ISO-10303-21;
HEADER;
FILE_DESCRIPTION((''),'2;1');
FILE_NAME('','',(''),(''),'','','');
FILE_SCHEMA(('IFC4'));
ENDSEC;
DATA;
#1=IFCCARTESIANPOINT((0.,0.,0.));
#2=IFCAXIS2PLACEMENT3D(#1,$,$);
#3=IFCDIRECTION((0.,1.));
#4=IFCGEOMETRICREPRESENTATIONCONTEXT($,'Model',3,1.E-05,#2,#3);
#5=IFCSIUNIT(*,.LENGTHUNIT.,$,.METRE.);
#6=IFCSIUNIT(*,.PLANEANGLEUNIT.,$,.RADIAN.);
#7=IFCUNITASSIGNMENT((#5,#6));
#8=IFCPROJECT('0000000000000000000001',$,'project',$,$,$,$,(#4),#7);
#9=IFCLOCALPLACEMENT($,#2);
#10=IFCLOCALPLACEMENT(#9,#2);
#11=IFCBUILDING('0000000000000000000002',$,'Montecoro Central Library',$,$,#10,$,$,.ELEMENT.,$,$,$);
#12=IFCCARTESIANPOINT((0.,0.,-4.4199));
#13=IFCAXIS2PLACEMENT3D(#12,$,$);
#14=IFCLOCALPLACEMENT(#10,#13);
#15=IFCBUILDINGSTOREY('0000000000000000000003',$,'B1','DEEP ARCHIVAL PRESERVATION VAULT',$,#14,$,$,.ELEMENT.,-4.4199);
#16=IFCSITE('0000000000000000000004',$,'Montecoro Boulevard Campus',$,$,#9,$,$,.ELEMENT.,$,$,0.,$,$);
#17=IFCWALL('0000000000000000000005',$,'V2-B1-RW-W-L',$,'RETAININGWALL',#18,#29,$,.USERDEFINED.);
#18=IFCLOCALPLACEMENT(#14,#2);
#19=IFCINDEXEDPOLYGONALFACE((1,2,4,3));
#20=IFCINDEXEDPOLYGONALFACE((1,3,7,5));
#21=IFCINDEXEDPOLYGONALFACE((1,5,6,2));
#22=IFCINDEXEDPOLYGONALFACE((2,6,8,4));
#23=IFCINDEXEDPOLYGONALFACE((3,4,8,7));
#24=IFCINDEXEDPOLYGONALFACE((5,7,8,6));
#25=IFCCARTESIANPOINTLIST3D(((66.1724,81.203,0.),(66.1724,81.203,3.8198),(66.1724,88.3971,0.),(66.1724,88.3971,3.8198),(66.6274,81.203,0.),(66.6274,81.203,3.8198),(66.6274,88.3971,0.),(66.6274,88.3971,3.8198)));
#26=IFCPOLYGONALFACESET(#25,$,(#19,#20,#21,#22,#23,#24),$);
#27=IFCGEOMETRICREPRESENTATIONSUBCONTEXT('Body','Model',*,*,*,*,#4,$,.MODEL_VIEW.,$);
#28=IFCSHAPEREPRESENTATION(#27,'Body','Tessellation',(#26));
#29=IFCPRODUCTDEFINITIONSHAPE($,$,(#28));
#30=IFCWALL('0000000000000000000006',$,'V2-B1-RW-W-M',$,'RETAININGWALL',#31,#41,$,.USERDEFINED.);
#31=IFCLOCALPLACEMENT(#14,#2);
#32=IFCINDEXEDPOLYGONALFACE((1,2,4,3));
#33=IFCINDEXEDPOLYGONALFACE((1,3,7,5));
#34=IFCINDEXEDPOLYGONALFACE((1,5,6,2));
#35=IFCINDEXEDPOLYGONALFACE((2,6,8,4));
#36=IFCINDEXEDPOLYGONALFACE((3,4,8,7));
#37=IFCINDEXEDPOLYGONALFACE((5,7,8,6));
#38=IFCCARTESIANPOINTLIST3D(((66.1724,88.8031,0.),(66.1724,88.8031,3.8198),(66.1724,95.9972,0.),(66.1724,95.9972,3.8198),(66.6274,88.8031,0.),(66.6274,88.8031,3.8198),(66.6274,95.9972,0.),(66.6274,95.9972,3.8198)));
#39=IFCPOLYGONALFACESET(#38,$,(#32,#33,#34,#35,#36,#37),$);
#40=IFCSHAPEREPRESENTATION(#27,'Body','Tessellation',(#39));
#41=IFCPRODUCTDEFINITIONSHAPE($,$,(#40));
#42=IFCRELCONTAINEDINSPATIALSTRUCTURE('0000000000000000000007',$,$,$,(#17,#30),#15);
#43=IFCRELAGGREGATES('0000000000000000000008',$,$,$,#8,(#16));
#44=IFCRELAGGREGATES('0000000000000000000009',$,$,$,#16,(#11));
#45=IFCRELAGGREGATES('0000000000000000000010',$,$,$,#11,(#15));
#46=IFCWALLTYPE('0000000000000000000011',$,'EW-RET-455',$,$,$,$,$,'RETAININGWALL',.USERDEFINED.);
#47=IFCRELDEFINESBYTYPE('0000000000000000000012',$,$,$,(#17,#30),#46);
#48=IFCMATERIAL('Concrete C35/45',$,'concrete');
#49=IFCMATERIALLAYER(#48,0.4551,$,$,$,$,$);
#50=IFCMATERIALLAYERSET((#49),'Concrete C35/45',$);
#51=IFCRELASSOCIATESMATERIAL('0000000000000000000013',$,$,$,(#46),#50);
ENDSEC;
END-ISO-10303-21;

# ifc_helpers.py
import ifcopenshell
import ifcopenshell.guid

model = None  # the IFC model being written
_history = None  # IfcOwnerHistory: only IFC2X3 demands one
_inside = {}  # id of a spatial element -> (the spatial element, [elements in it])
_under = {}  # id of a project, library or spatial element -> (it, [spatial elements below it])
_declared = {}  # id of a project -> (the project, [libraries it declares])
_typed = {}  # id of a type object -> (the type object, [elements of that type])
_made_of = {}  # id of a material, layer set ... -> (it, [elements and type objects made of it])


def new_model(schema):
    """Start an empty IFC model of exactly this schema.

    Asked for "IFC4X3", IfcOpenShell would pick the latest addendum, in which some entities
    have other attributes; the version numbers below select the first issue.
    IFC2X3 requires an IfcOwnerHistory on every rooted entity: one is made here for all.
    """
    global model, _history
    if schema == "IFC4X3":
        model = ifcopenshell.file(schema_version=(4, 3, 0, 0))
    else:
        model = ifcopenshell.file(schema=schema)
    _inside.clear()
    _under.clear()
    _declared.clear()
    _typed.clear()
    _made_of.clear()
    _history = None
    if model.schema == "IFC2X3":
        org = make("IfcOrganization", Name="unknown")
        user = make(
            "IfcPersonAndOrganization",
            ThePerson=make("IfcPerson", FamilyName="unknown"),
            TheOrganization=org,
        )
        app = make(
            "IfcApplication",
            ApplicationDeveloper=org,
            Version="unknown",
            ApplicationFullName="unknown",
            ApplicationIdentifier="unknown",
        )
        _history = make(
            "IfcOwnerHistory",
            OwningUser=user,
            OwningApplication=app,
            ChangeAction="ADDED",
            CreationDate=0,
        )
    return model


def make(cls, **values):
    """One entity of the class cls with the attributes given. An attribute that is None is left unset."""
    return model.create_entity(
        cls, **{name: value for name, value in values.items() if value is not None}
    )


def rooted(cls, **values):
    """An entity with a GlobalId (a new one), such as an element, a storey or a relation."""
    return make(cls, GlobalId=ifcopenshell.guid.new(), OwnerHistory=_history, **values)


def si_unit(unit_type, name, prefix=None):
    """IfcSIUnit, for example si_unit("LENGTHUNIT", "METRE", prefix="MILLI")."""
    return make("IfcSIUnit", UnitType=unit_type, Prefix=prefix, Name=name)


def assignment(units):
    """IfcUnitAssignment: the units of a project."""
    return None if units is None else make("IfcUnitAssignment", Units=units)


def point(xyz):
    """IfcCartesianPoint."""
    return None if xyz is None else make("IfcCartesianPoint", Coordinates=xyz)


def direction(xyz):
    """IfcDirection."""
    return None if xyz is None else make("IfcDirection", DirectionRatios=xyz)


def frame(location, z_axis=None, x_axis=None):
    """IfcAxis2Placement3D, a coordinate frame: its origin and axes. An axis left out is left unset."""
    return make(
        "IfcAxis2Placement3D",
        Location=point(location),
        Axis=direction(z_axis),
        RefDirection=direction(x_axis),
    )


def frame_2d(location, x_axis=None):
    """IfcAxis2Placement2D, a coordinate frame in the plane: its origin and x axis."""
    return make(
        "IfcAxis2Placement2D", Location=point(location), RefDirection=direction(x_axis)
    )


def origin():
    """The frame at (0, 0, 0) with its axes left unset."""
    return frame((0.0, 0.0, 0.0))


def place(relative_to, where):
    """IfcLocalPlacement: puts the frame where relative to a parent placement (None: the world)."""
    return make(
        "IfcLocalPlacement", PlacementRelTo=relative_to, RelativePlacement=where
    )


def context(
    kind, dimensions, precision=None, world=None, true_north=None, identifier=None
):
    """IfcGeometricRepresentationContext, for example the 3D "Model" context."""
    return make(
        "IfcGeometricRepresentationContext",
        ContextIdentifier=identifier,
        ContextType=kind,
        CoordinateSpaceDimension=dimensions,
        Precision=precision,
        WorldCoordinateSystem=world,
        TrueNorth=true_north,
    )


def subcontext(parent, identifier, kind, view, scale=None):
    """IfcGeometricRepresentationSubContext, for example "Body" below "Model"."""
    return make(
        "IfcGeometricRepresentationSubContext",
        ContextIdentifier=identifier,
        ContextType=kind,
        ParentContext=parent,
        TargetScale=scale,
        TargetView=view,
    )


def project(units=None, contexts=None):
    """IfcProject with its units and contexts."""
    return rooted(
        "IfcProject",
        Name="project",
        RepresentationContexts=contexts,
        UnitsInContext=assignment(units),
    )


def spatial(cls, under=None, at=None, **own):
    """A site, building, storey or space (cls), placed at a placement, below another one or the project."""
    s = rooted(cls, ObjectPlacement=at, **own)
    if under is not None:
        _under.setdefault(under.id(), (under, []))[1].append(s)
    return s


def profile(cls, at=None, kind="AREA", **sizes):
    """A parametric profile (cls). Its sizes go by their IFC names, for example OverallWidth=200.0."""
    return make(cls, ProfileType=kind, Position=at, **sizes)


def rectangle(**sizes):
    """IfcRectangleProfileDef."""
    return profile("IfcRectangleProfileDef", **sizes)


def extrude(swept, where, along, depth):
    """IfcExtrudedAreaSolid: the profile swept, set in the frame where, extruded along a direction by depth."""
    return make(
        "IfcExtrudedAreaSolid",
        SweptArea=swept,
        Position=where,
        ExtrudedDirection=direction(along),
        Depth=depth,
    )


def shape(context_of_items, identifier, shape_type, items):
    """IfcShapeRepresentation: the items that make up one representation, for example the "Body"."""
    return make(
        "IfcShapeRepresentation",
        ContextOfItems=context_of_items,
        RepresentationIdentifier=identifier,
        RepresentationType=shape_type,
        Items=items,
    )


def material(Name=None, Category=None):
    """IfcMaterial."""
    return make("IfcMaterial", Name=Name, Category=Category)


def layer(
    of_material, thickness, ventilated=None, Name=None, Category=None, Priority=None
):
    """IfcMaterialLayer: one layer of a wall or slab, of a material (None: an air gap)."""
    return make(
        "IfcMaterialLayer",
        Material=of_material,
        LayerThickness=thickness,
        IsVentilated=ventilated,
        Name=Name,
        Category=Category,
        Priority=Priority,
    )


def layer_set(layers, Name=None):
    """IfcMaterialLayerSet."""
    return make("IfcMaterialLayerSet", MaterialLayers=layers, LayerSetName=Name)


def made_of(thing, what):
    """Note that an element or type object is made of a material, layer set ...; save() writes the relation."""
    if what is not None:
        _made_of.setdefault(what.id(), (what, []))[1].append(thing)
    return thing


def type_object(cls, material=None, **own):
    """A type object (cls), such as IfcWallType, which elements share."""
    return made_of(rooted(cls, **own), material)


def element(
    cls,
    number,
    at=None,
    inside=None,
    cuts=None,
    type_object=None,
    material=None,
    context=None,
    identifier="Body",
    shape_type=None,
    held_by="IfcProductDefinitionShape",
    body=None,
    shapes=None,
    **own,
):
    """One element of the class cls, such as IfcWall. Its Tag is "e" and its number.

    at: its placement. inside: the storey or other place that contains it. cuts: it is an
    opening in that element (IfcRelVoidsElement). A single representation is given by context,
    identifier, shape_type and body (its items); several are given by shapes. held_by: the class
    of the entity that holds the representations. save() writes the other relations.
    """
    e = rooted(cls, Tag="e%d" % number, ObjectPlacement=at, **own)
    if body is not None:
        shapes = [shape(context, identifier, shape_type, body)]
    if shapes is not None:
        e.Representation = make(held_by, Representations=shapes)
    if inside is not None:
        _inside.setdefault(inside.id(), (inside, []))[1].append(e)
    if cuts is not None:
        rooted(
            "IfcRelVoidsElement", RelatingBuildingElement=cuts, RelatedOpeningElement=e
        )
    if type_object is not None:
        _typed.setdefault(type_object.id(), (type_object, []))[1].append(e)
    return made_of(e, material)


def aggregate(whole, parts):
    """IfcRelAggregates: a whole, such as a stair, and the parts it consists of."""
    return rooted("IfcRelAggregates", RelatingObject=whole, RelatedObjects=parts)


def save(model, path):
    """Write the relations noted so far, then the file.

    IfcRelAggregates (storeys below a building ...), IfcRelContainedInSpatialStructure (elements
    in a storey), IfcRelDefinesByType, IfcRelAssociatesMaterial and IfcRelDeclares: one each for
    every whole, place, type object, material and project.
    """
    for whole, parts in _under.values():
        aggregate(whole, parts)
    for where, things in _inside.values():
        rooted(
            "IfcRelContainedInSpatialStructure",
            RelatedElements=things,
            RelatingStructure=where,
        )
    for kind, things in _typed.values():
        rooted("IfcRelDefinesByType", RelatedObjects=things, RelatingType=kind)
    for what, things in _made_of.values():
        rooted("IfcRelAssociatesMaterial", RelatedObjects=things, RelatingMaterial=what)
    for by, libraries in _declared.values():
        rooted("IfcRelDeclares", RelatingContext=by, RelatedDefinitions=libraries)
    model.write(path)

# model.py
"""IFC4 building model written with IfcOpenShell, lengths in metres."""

from ifc_helpers import new_model, si_unit, direction, frame, frame_2d, origin, place, context, subcontext, project, spatial, rectangle, extrude, material, layer, layer_set, type_object, element, save


model = new_model("IFC4")

# Units and contexts
model_context = context("Model", 3, precision=1e-05, world=origin(), true_north=direction((0.0, 1.0)))
body_context = subcontext(model_context, "Body", "Model", "MODEL_VIEW")
ifc_project = project(units=[si_unit("LENGTHUNIT", "METRE"), si_unit("PLANEANGLEUNIT", "RADIAN")], contexts=[model_context])

# Site, building, storey
site_placement = place(None, origin())
site = spatial("IfcSite", under=ifc_project, at=site_placement, Name="Montecoro Boulevard Campus", CompositionType="ELEMENT", RefElevation=0.0)
building_placement = place(site_placement, origin())
building = spatial("IfcBuilding", under=site, at=building_placement, Name="Montecoro Central Library", CompositionType="ELEMENT")
storey_placement = place(building_placement, frame((0.0, 0.0, -4.4199)))
storey = spatial("IfcBuildingStorey", under=building, at=storey_placement, Name="B1", Description="DEEP ARCHIVAL PRESERVATION VAULT", CompositionType="ELEMENT", Elevation=-4.4199)

# Shared definitions
ifc_material_1 = material(Name="Concrete C35/45", Category="concrete")

# Walls
ifc_layer = layer(ifc_material_1, 0.4551)
ifc_layer_set = layer_set([ifc_layer], Name="Concrete C35/45")
wall_type = type_object("IfcWallType", Name="EW-RET-455", ElementType="RETAININGWALL", PredefinedType="USERDEFINED", material=ifc_layer_set)
for number, where, z_axis, x_axis, name in (
    (1, (66.3999, 81.2029, 0.0), (0.0, 0.0, 1.0), (0.0, 1.0, 0.0), "V2-B1-RW-W-L"),
    (2, (66.3999, 88.803, 0.0), (0.0, 0.0, 1.0), (0.0, 1.0, 0.0), "V2-B1-RW-W-M"),
):
    element("IfcWall", number, at=place(storey_placement, frame(where, z_axis=z_axis, x_axis=x_axis)), inside=storey, type_object=wall_type, Name=name, ObjectType="RETAININGWALL", PredefinedType="USERDEFINED", context=body_context, shape_type="SweptSolid", body=[
        extrude(rectangle(XDim=7.1941, YDim=0.4551, at=frame_2d((3.5972, 0.0))), origin(), (0.0, 0.0, 1.0), 3.8198),
    ])

save(model, "model.ifc")
